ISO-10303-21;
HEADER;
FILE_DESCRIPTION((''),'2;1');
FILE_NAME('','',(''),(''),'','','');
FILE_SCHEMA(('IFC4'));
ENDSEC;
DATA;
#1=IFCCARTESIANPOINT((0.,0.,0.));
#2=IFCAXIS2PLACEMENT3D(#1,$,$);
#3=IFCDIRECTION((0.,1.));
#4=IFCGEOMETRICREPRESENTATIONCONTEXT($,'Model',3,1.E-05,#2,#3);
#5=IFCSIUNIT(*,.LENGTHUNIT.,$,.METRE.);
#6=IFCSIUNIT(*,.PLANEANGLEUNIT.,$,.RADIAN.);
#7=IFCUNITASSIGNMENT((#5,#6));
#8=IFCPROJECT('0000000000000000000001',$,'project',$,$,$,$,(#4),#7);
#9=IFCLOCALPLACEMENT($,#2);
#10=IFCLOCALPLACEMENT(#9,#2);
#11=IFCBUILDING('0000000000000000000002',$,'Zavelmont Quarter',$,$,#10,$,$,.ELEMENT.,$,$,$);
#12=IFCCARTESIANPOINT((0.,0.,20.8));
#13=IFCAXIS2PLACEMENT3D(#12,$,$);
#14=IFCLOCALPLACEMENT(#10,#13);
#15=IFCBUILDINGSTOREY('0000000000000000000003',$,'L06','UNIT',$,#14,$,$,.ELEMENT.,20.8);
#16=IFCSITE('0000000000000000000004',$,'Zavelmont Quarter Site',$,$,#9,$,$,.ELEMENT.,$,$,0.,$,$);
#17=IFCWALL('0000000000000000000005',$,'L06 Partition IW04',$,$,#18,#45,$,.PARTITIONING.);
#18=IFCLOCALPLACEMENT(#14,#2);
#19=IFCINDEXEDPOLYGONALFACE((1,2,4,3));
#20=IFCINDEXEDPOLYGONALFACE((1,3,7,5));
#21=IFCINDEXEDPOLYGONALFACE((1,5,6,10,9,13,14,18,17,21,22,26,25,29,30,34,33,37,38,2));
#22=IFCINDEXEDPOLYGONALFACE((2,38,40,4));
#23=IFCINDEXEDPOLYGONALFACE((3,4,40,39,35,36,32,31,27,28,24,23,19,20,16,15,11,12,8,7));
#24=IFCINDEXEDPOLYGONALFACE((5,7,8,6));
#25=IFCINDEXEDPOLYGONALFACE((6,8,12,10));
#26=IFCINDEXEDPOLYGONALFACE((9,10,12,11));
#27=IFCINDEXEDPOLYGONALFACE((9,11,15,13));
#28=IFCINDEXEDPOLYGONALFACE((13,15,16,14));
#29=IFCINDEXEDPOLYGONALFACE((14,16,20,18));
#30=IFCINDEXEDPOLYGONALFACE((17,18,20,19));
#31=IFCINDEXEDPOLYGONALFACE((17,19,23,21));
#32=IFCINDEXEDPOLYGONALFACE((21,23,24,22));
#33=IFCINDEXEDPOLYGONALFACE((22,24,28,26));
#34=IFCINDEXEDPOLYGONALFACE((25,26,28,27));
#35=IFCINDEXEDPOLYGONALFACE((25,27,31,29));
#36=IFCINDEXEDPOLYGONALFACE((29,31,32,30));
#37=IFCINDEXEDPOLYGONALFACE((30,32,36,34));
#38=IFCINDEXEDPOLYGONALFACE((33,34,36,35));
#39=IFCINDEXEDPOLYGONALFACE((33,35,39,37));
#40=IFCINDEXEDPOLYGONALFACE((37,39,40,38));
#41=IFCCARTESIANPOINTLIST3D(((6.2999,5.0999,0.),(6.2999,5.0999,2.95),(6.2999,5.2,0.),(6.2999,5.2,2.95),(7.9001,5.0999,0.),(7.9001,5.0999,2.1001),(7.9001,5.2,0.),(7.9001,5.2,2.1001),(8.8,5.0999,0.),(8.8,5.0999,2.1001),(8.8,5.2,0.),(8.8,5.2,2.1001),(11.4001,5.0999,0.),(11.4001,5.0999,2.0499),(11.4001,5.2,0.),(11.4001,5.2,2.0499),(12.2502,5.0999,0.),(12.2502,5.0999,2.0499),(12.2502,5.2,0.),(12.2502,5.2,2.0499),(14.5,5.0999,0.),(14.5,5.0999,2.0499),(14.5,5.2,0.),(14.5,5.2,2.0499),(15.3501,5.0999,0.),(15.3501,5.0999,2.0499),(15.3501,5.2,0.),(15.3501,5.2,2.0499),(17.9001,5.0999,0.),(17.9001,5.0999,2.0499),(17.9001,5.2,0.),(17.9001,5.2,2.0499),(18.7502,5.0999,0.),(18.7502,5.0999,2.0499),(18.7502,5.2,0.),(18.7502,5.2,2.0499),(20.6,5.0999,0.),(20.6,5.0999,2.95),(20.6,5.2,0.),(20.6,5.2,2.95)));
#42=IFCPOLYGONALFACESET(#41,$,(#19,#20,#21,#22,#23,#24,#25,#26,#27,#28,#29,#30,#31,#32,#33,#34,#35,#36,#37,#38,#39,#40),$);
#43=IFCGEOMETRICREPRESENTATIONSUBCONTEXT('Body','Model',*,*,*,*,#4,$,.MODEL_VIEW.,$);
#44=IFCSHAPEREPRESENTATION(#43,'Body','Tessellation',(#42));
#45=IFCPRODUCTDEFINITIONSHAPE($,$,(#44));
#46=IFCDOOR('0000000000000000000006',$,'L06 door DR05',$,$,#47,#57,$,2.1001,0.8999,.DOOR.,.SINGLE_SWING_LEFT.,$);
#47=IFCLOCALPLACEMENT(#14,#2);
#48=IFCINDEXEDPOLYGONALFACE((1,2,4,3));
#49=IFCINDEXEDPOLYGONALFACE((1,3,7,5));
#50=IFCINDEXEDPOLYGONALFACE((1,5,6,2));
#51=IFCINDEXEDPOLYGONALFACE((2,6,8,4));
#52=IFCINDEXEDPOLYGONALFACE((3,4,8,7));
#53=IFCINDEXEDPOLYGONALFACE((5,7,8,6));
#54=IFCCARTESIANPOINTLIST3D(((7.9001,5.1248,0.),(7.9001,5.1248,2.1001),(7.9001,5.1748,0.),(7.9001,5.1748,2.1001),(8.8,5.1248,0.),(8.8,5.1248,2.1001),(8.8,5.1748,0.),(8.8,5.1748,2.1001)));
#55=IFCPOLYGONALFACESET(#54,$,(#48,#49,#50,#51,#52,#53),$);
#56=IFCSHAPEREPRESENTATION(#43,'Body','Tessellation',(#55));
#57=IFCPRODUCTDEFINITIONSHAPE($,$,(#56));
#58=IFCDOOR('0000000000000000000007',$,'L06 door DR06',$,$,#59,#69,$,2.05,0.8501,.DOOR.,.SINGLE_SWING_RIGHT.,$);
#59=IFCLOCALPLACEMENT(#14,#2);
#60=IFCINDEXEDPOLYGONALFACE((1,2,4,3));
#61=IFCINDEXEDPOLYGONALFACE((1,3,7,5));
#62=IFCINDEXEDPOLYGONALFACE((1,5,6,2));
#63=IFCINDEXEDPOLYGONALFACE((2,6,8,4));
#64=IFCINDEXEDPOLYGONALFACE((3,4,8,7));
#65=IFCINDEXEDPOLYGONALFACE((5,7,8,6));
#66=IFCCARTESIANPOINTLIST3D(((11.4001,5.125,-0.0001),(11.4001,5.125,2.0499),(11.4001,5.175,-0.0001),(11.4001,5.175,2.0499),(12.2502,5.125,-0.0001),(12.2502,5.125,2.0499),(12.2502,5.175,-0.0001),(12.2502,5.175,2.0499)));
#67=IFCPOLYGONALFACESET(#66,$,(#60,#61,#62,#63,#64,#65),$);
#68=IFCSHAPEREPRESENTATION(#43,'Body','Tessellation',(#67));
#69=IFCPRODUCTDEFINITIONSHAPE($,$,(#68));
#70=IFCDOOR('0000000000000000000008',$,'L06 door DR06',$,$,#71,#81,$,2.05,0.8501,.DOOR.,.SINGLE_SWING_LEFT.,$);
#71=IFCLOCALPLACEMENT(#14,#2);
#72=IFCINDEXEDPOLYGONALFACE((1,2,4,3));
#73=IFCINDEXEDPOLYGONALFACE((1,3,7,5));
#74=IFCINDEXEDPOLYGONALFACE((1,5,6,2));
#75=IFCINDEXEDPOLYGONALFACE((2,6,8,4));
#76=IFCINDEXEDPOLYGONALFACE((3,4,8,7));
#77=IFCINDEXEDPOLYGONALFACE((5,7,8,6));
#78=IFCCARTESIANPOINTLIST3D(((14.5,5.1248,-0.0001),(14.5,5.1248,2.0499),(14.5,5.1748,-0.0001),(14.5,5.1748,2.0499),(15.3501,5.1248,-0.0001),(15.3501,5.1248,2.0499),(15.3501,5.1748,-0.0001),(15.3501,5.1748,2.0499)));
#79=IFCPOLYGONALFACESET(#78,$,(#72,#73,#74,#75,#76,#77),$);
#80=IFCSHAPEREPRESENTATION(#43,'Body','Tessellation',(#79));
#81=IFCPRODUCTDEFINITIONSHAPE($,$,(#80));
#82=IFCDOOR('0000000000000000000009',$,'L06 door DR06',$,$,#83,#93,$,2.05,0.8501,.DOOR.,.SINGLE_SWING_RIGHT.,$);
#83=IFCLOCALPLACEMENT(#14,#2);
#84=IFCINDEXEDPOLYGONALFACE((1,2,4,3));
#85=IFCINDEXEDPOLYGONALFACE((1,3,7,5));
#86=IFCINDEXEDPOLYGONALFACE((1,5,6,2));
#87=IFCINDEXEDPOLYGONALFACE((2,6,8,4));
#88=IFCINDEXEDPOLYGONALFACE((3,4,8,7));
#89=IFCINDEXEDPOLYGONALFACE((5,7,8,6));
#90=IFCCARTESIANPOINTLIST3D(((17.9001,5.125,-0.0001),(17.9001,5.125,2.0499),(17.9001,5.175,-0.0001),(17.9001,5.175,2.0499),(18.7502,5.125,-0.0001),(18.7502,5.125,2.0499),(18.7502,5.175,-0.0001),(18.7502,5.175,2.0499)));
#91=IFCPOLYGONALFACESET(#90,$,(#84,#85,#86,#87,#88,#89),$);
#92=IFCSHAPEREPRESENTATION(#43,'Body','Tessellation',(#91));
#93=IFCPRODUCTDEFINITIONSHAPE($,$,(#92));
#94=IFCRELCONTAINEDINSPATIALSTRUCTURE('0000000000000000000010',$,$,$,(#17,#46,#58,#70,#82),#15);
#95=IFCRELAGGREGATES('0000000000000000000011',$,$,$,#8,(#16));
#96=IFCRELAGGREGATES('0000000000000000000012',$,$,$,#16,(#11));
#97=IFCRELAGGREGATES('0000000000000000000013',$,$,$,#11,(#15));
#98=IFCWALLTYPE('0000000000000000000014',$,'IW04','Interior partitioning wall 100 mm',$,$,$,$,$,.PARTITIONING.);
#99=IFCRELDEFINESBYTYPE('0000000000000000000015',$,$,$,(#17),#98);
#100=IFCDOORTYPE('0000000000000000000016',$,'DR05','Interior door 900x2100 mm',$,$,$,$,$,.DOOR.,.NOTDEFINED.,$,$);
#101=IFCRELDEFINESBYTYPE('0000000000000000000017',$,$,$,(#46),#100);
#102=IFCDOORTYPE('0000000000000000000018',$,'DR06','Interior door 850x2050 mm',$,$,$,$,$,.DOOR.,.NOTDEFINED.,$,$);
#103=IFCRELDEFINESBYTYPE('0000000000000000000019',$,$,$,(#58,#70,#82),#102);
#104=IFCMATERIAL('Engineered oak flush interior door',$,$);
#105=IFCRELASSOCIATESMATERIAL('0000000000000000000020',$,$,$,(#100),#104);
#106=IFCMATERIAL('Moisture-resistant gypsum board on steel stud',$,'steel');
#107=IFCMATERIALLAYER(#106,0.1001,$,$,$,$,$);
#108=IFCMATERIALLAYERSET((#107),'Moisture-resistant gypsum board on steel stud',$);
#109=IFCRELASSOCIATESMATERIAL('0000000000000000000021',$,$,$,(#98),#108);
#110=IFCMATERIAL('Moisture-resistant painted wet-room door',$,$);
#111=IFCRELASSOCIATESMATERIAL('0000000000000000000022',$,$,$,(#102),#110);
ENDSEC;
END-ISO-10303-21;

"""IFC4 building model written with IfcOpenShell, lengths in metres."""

from ifc_helpers import new_model, si_unit, direction, frame, frame_2d, origin, origin_with_axes, place, context, subcontext, project, spatial, rectangle, extrude, material, layer, layer_set, type_object, element, fill, save


model = new_model("IFC4")

# Units and contexts
model_context = context("Model", 3, precision=1e-05, world=origin(), true_north=direction((0.0, 1.0)))
body_context = subcontext(model_context, "Body", "Model", "MODEL_VIEW")
ifc_project = project(units=[si_unit("LENGTHUNIT", "METRE"), si_unit("PLANEANGLEUNIT", "RADIAN")], contexts=[model_context])

# Site, building, storey
site_placement = place(None, origin())
site = spatial("IfcSite", under=ifc_project, at=site_placement, Name="Zavelmont Quarter Site", CompositionType="ELEMENT", RefElevation=0.0)
building_placement = place(site_placement, origin())
building = spatial("IfcBuilding", under=site, at=building_placement, Name="Zavelmont Quarter", CompositionType="ELEMENT")
storey_placement = place(building_placement, frame((0.0, 0.0, 20.8)))
storey = spatial("IfcBuildingStorey", under=building, at=storey_placement, Name="L06", Description="UNIT", CompositionType="ELEMENT", Elevation=20.8)

# Shared definitions
ifc_material_1 = material(Name="Engineered oak flush interior door")
door_type_1 = type_object("IfcDoorType", Name="DR05", Description="Interior door 900x2100 mm", OperationType="NOTDEFINED", PredefinedType="DOOR", material=ifc_material_1)

# Shared definitions
ifc_material_2 = material(Name="Moisture-resistant gypsum board on steel stud", Category="steel")
ifc_layer_1 = layer(ifc_material_2, 0.1001)
ifc_layer_set_1 = layer_set([ifc_layer_1], Name="Moisture-resistant gypsum board on steel stud")
wall_type_1 = type_object("IfcWallType", Name="IW04", Description="Interior partitioning wall 100 mm", PredefinedType="PARTITIONING", material=ifc_layer_set_1)

# Wall, openings, doors
wall_1_placement = place(storey_placement, frame((6.3, 5.1499, 0.0), z_axis=(0.0, 0.0, 1.0), x_axis=(1.0, 0.0, 0.0)))
wall_1 = element("IfcWall", 1, at=wall_1_placement, inside=storey, type_object=wall_type_1, Name="L06 Partition IW04", PredefinedType="PARTITIONING", context=body_context, shape_type="SweptSolid", body=[
    extrude(rectangle(XDim=14.3, YDim=0.1001, at=frame_2d((7.1499, 0.0))), origin(), (0.0, 0.0, 1.0), 2.95),
])
opening_1_placement = place(wall_1_placement, frame((1.6001, 0.0, 0.0)))
opening_1 = element("IfcOpeningElement", 2, at=opening_1_placement, cuts=wall_1, PredefinedType="OPENING", context=body_context, shape_type="SweptSolid", body=[
    extrude(rectangle(XDim=0.8999, YDim=2.1001, at=frame_2d((0.45, 1.05))), frame((0.0, 0.062, 0.0), z_axis=(0.0, -1.0, 0.0), x_axis=(1.0, 0.0, 0.0)), (0.0, 0.0, 1.0), 0.124),
])
opening_2_placement = place(wall_1_placement, frame((5.1001, 0.0, 0.0)))
opening_2 = element("IfcOpeningElement", 3, at=opening_2_placement, cuts=wall_1, PredefinedType="OPENING", context=body_context, shape_type="SweptSolid", body=[
    extrude(rectangle(XDim=0.8501, YDim=2.05, at=frame_2d((0.425, 1.0249))), frame((0.0, 0.062, 0.0), z_axis=(0.0, -1.0, 0.0), x_axis=(1.0, 0.0, 0.0)), (0.0, 0.0, 1.0), 0.124),
])
opening_3_placement = place(wall_1_placement, frame((8.2, 0.0, 0.0)))
opening_3 = element("IfcOpeningElement", 4, at=opening_3_placement, cuts=wall_1, PredefinedType="OPENING", context=body_context, shape_type="SweptSolid", body=[
    extrude(rectangle(XDim=0.8501, YDim=2.05, at=frame_2d((0.425, 1.0249))), frame((0.0, 0.062, 0.0), z_axis=(0.0, -1.0, 0.0), x_axis=(1.0, 0.0, 0.0)), (0.0, 0.0, 1.0), 0.124),
])
opening_4_placement = place(wall_1_placement, frame((11.6001, 0.0, 0.0)))
opening_4 = element("IfcOpeningElement", 5, at=opening_4_placement, cuts=wall_1, PredefinedType="OPENING", context=body_context, shape_type="SweptSolid", body=[
    extrude(rectangle(XDim=0.8501, YDim=2.05, at=frame_2d((0.425, 1.0249))), frame((0.0, 0.062, 0.0), z_axis=(0.0, -1.0, 0.0), x_axis=(1.0, 0.0, 0.0)), (0.0, 0.0, 1.0), 0.124),
])
door_1_placement = place(opening_1_placement, origin_with_axes())
door_1 = element("IfcDoor", 6, at=door_1_placement, inside=storey, type_object=door_type_1, Name="L06 door DR05", OperationType="SINGLE_SWING_LEFT", OverallHeight=2.1001, OverallWidth=0.8999, PredefinedType="DOOR", context=body_context, shape_type="SweptSolid", body=[
    extrude(rectangle(XDim=0.8999, YDim=2.1001, at=frame_2d((0.45, 1.05))), frame((0.0, 0.0249, 0.0), z_axis=(0.0, -1.0, 0.0), x_axis=(1.0, 0.0, 0.0)), (0.0, 0.0, 1.0), 0.05),
])
fill(opening_1, door_1)
ifc_material_3 = material(Name="Moisture-resistant painted wet-room door")
door_type_2 = type_object("IfcDoorType", Name="DR06", Description="Interior door 850x2050 mm", OperationType="NOTDEFINED", PredefinedType="DOOR", material=ifc_material_3)
door_2_placement = place(opening_2_placement, frame((0.8501, 0.0, 0.0), z_axis=(0.0, 0.0, 1.0), x_axis=(-1.0, 0.0, 0.0)))
door_2 = element("IfcDoor", 7, at=door_2_placement, inside=storey, type_object=door_type_2, Name="L06 door DR06", OperationType="SINGLE_SWING_RIGHT", OverallHeight=2.05, OverallWidth=0.8501, PredefinedType="DOOR", context=body_context, shape_type="SweptSolid", body=[
    extrude(rectangle(XDim=0.8501, YDim=2.05, at=frame_2d((0.425, 1.0249))), frame((0.0, 0.0249, 0.0), z_axis=(0.0, -1.0, 0.0), x_axis=(1.0, 0.0, 0.0)), (0.0, 0.0, 1.0), 0.05),
])
fill(opening_2, door_2)
door_3_placement = place(opening_3_placement, origin_with_axes())
door_3 = element("IfcDoor", 8, at=door_3_placement, inside=storey, type_object=door_type_2, Name="L06 door DR06", OperationType="SINGLE_SWING_LEFT", OverallHeight=2.05, OverallWidth=0.8501, PredefinedType="DOOR", context=body_context, shape_type="SweptSolid", body=[
    extrude(rectangle(XDim=0.8501, YDim=2.05, at=frame_2d((0.425, 1.0249))), frame((0.0, 0.0249, 0.0), z_axis=(0.0, -1.0, 0.0), x_axis=(1.0, 0.0, 0.0)), (0.0, 0.0, 1.0), 0.05),
])
fill(opening_3, door_3)
door_4_placement = place(opening_4_placement, frame((0.8501, 0.0, 0.0), z_axis=(0.0, 0.0, 1.0), x_axis=(-1.0, 0.0, 0.0)))
door_4 = element("IfcDoor", 9, at=door_4_placement, inside=storey, type_object=door_type_2, Name="L06 door DR06", OperationType="SINGLE_SWING_RIGHT", OverallHeight=2.05, OverallWidth=0.8501, PredefinedType="DOOR", context=body_context, shape_type="SweptSolid", body=[
    extrude(rectangle(XDim=0.8501, YDim=2.05, at=frame_2d((0.425, 1.0249))), frame((0.0, 0.0249, 0.0), z_axis=(0.0, -1.0, 0.0), x_axis=(1.0, 0.0, 0.0)), (0.0, 0.0, 1.0), 0.05),
])
fill(opening_4, door_4)

save(model, "model.ifc")
